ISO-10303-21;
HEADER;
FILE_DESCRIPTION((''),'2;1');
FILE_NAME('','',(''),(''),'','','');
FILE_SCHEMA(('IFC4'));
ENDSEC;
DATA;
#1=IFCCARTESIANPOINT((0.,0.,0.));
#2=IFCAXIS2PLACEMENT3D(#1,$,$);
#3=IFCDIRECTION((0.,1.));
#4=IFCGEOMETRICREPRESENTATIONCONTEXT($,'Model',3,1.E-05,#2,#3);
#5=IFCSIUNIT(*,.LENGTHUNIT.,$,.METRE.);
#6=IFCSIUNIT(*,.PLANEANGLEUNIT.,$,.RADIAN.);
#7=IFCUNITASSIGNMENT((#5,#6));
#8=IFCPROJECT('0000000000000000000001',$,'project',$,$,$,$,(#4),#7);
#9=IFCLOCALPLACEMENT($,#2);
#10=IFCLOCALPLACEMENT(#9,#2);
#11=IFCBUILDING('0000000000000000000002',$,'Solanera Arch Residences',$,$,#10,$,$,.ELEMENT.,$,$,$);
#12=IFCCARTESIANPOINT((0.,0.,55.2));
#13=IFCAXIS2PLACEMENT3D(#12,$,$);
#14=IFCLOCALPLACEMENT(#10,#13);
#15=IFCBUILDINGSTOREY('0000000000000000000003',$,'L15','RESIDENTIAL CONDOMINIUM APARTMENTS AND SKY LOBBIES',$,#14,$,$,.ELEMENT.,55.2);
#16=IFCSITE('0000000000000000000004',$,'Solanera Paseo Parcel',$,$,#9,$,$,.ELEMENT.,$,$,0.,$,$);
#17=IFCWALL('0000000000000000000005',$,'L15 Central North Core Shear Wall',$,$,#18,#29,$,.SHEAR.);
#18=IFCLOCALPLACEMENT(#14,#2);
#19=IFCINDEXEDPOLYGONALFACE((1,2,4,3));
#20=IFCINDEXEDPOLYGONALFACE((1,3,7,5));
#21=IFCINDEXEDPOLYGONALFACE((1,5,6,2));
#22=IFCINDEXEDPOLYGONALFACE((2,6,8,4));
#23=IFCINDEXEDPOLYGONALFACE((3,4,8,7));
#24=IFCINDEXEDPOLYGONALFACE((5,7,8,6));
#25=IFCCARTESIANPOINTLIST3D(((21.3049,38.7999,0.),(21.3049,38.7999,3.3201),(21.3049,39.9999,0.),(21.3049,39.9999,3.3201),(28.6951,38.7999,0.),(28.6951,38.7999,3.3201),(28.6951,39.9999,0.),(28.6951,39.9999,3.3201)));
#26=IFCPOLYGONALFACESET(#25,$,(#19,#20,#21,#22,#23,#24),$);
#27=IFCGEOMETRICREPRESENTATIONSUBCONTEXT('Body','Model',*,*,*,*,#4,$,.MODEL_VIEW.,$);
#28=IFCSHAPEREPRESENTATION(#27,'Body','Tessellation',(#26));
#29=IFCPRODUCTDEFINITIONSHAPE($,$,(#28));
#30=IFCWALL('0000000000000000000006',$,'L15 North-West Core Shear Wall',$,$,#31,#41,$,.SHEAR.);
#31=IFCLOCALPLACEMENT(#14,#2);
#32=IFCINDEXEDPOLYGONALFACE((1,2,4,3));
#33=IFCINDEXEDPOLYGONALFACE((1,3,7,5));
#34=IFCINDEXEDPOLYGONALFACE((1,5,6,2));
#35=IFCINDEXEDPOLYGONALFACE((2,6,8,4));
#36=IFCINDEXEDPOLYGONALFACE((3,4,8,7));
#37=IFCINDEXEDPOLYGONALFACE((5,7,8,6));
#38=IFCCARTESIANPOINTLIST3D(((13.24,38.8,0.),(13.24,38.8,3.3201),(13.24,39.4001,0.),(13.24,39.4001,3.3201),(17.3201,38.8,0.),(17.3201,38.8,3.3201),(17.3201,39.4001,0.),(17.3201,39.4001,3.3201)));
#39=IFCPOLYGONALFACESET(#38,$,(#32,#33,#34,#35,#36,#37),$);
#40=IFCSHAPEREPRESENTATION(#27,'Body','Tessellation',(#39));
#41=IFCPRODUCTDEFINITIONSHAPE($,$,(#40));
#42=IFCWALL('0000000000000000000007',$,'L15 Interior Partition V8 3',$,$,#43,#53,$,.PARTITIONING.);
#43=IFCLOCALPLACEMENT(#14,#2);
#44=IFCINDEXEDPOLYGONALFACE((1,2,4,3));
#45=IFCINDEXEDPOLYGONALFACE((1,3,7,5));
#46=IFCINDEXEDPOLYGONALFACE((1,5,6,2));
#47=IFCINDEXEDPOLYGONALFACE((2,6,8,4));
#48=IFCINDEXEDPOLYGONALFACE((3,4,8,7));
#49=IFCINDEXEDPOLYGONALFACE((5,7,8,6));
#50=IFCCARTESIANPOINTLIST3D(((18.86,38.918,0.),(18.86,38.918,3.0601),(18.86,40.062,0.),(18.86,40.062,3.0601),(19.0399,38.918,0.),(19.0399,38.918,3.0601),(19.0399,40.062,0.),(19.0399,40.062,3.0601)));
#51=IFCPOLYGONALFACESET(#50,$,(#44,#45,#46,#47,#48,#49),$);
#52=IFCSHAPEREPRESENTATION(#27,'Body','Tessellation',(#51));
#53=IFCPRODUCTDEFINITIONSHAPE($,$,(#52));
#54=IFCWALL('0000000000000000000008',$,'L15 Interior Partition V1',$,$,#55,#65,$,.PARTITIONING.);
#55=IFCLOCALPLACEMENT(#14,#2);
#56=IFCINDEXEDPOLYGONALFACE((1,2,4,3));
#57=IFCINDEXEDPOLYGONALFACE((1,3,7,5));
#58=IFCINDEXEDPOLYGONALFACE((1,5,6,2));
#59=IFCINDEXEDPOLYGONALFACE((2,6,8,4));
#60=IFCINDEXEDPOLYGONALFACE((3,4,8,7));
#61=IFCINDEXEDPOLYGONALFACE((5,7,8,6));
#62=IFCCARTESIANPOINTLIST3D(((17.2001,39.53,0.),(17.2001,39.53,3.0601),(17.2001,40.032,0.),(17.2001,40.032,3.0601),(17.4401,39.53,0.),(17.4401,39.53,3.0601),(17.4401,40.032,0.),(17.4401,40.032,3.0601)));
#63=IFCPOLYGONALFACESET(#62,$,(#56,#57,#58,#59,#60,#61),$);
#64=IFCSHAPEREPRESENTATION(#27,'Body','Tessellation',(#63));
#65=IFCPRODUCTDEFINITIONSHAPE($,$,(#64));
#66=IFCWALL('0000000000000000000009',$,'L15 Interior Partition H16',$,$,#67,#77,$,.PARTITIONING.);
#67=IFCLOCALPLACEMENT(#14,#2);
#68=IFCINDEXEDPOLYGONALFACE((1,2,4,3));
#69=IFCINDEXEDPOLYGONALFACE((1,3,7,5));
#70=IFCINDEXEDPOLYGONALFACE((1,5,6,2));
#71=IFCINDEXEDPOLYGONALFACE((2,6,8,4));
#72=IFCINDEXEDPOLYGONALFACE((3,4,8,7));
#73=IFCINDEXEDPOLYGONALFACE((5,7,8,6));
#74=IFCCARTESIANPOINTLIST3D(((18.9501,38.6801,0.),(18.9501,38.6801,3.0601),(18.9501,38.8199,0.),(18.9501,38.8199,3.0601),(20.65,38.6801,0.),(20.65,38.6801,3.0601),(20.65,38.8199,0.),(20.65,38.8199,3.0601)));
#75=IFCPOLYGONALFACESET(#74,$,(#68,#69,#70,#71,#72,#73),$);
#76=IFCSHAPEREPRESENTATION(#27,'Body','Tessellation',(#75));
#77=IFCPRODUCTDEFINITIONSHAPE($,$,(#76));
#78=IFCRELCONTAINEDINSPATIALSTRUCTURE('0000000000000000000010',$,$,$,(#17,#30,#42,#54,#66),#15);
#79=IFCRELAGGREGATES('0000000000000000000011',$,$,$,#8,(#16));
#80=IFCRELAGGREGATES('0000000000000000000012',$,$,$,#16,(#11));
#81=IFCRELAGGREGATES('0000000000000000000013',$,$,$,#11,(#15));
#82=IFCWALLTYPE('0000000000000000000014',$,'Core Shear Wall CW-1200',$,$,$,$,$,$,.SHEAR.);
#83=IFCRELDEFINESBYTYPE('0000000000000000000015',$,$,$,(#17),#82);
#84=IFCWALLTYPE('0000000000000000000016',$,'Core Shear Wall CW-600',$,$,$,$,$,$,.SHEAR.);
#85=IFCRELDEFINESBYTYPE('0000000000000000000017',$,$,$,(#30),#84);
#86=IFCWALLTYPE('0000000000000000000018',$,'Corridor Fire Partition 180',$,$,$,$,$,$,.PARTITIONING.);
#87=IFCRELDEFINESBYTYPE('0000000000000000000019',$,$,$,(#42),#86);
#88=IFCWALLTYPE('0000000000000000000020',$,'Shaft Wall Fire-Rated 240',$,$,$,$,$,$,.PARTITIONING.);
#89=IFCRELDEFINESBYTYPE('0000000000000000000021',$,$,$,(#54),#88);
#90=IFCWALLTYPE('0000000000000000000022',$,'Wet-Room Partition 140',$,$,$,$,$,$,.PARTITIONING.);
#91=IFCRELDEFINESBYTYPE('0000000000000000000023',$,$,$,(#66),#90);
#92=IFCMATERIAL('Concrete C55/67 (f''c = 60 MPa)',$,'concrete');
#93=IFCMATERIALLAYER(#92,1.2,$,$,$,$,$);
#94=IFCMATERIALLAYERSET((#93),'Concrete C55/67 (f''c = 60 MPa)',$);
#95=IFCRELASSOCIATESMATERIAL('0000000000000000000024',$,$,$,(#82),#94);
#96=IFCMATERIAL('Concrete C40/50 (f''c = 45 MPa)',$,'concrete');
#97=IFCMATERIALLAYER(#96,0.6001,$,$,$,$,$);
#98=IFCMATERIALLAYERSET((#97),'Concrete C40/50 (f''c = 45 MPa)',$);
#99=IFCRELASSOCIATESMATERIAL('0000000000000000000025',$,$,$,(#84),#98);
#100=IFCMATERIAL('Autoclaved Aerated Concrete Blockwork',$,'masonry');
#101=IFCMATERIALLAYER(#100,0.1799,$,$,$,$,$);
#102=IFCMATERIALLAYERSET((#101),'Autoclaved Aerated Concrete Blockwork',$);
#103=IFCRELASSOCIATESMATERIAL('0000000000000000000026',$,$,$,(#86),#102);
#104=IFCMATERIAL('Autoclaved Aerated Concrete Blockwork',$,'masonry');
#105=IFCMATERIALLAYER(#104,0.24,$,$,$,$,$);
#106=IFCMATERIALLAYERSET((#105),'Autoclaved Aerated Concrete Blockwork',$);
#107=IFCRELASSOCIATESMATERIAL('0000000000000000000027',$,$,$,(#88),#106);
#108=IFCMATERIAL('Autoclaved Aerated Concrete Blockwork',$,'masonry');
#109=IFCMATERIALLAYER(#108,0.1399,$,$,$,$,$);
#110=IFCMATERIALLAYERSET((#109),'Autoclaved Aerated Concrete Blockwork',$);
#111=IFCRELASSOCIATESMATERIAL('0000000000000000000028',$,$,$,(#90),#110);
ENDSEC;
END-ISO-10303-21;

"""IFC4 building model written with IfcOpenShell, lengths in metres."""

from ifc_helpers import new_model, si_unit, direction, frame, frame_2d, origin, place, context, subcontext, project, spatial, rectangle, extrude, material, layer, layer_set, type_object, element, save


model = new_model("IFC4")

# Units and contexts
model_context = context("Model", 3, precision=1e-05, world=origin(), true_north=direction((0.0, 1.0)))
body_context = subcontext(model_context, "Body", "Model", "MODEL_VIEW")
ifc_project = project(units=[si_unit("LENGTHUNIT", "METRE"), si_unit("PLANEANGLEUNIT", "RADIAN")], contexts=[model_context])

# Site, building, storey
site_placement = place(None, origin())
site = spatial("IfcSite", under=ifc_project, at=site_placement, Name="Solanera Paseo Parcel", CompositionType="ELEMENT", RefElevation=0.0)
building_placement = place(site_placement, origin())
building = spatial("IfcBuilding", under=site, at=building_placement, Name="Solanera Arch Residences", CompositionType="ELEMENT")
storey_placement = place(building_placement, frame((0.0, 0.0, 55.2)))
storey = spatial("IfcBuildingStorey", under=building, at=storey_placement, Name="L15", Description="RESIDENTIAL CONDOMINIUM APARTMENTS AND SKY LOBBIES", CompositionType="ELEMENT", Elevation=55.2)

# Walls
ifc_material_1 = material(Name="Concrete C55/67 (f'c = 60 MPa)", Category="concrete")
ifc_layer_1 = layer(ifc_material_1, 1.2)
ifc_layer_set_1 = layer_set([ifc_layer_1], Name="Concrete C55/67 (f'c = 60 MPa)")
wall_type_1 = type_object("IfcWallType", Name="Core Shear Wall CW-1200", PredefinedType="SHEAR", material=ifc_layer_set_1)
wall_1_placement = place(storey_placement, frame((21.3049, 39.3999, 0.0), z_axis=(0.0, 0.0, 1.0), x_axis=(1.0, 0.0, 0.0)))
element("IfcWall", 1, at=wall_1_placement, inside=storey, type_object=wall_type_1, Name="L15 Central North Core Shear Wall", PredefinedType="SHEAR", context=body_context, shape_type="SweptSolid", body=[
    extrude(rectangle(XDim=7.3901, YDim=1.2, at=frame_2d((3.6951, 0.0))), origin(), (0.0, 0.0, 1.0), 3.3201),
])
ifc_material_2 = material(Name="Concrete C40/50 (f'c = 45 MPa)", Category="concrete")
ifc_layer_2 = layer(ifc_material_2, 0.6001)
ifc_layer_set_2 = layer_set([ifc_layer_2], Name="Concrete C40/50 (f'c = 45 MPa)")
wall_type_2 = type_object("IfcWallType", Name="Core Shear Wall CW-600", PredefinedType="SHEAR", material=ifc_layer_set_2)
wall_2_placement = place(storey_placement, frame((13.24, 39.1001, 0.0), z_axis=(0.0, 0.0, 1.0), x_axis=(1.0, 0.0, 0.0)))
element("IfcWall", 2, at=wall_2_placement, inside=storey, type_object=wall_type_2, Name="L15 North-West Core Shear Wall", PredefinedType="SHEAR", context=body_context, shape_type="SweptSolid", body=[
    extrude(rectangle(XDim=4.0801, YDim=0.6001, at=frame_2d((2.04, 0.0))), origin(), (0.0, 0.0, 1.0), 3.3201),
])
ifc_material_3 = material(Name="Autoclaved Aerated Concrete Blockwork", Category="masonry")
ifc_layer_3 = layer(ifc_material_3, 0.1799)
ifc_layer_set_3 = layer_set([ifc_layer_3], Name="Autoclaved Aerated Concrete Blockwork")
wall_type_3 = type_object("IfcWallType", Name="Corridor Fire Partition 180", PredefinedType="PARTITIONING", material=ifc_layer_set_3)
wall_3_placement = place(storey_placement, frame((18.95, 38.918, 0.0), z_axis=(0.0, 0.0, 1.0), x_axis=(0.0, 1.0, 0.0)))
element("IfcWall", 3, at=wall_3_placement, inside=storey, type_object=wall_type_3, Name="L15 Interior Partition V8 3", PredefinedType="PARTITIONING", context=body_context, shape_type="SweptSolid", body=[
    extrude(rectangle(XDim=1.144, YDim=0.1799, at=frame_2d((0.572, 0.0))), origin(), (0.0, 0.0, 1.0), 3.0601),
])
ifc_material_4 = material(Name="Autoclaved Aerated Concrete Blockwork", Category="masonry")
ifc_layer_4 = layer(ifc_material_4, 0.24)
ifc_layer_set_4 = layer_set([ifc_layer_4], Name="Autoclaved Aerated Concrete Blockwork")
wall_type_4 = type_object("IfcWallType", Name="Shaft Wall Fire-Rated 240", PredefinedType="PARTITIONING", material=ifc_layer_set_4)
wall_4_placement = place(storey_placement, frame((17.3201, 39.53, 0.0), z_axis=(0.0, 0.0, 1.0), x_axis=(0.0, 1.0, 0.0)))
element("IfcWall", 4, at=wall_4_placement, inside=storey, type_object=wall_type_4, Name="L15 Interior Partition V1", PredefinedType="PARTITIONING", context=body_context, shape_type="SweptSolid", body=[
    extrude(rectangle(XDim=0.502, YDim=0.24, at=frame_2d((0.251, 0.0))), origin(), (0.0, 0.0, 1.0), 3.0601),
])
ifc_material_5 = material(Name="Autoclaved Aerated Concrete Blockwork", Category="masonry")
ifc_layer_5 = layer(ifc_material_5, 0.1399)
ifc_layer_set_5 = layer_set([ifc_layer_5], Name="Autoclaved Aerated Concrete Blockwork")
wall_type_5 = type_object("IfcWallType", Name="Wet-Room Partition 140", PredefinedType="PARTITIONING", material=ifc_layer_set_5)
wall_5_placement = place(storey_placement, frame((18.95, 38.75, 0.0), z_axis=(0.0, 0.0, 1.0), x_axis=(1.0, 0.0, 0.0)))
element("IfcWall", 5, at=wall_5_placement, inside=storey, type_object=wall_type_5, Name="L15 Interior Partition H16", PredefinedType="PARTITIONING", context=body_context, shape_type="SweptSolid", body=[
    extrude(rectangle(XDim=1.7, YDim=0.1399, at=frame_2d((0.8501, 0.0))), origin(), (0.0, 0.0, 1.0), 3.0601),
])

save(model, "model.ifc")
